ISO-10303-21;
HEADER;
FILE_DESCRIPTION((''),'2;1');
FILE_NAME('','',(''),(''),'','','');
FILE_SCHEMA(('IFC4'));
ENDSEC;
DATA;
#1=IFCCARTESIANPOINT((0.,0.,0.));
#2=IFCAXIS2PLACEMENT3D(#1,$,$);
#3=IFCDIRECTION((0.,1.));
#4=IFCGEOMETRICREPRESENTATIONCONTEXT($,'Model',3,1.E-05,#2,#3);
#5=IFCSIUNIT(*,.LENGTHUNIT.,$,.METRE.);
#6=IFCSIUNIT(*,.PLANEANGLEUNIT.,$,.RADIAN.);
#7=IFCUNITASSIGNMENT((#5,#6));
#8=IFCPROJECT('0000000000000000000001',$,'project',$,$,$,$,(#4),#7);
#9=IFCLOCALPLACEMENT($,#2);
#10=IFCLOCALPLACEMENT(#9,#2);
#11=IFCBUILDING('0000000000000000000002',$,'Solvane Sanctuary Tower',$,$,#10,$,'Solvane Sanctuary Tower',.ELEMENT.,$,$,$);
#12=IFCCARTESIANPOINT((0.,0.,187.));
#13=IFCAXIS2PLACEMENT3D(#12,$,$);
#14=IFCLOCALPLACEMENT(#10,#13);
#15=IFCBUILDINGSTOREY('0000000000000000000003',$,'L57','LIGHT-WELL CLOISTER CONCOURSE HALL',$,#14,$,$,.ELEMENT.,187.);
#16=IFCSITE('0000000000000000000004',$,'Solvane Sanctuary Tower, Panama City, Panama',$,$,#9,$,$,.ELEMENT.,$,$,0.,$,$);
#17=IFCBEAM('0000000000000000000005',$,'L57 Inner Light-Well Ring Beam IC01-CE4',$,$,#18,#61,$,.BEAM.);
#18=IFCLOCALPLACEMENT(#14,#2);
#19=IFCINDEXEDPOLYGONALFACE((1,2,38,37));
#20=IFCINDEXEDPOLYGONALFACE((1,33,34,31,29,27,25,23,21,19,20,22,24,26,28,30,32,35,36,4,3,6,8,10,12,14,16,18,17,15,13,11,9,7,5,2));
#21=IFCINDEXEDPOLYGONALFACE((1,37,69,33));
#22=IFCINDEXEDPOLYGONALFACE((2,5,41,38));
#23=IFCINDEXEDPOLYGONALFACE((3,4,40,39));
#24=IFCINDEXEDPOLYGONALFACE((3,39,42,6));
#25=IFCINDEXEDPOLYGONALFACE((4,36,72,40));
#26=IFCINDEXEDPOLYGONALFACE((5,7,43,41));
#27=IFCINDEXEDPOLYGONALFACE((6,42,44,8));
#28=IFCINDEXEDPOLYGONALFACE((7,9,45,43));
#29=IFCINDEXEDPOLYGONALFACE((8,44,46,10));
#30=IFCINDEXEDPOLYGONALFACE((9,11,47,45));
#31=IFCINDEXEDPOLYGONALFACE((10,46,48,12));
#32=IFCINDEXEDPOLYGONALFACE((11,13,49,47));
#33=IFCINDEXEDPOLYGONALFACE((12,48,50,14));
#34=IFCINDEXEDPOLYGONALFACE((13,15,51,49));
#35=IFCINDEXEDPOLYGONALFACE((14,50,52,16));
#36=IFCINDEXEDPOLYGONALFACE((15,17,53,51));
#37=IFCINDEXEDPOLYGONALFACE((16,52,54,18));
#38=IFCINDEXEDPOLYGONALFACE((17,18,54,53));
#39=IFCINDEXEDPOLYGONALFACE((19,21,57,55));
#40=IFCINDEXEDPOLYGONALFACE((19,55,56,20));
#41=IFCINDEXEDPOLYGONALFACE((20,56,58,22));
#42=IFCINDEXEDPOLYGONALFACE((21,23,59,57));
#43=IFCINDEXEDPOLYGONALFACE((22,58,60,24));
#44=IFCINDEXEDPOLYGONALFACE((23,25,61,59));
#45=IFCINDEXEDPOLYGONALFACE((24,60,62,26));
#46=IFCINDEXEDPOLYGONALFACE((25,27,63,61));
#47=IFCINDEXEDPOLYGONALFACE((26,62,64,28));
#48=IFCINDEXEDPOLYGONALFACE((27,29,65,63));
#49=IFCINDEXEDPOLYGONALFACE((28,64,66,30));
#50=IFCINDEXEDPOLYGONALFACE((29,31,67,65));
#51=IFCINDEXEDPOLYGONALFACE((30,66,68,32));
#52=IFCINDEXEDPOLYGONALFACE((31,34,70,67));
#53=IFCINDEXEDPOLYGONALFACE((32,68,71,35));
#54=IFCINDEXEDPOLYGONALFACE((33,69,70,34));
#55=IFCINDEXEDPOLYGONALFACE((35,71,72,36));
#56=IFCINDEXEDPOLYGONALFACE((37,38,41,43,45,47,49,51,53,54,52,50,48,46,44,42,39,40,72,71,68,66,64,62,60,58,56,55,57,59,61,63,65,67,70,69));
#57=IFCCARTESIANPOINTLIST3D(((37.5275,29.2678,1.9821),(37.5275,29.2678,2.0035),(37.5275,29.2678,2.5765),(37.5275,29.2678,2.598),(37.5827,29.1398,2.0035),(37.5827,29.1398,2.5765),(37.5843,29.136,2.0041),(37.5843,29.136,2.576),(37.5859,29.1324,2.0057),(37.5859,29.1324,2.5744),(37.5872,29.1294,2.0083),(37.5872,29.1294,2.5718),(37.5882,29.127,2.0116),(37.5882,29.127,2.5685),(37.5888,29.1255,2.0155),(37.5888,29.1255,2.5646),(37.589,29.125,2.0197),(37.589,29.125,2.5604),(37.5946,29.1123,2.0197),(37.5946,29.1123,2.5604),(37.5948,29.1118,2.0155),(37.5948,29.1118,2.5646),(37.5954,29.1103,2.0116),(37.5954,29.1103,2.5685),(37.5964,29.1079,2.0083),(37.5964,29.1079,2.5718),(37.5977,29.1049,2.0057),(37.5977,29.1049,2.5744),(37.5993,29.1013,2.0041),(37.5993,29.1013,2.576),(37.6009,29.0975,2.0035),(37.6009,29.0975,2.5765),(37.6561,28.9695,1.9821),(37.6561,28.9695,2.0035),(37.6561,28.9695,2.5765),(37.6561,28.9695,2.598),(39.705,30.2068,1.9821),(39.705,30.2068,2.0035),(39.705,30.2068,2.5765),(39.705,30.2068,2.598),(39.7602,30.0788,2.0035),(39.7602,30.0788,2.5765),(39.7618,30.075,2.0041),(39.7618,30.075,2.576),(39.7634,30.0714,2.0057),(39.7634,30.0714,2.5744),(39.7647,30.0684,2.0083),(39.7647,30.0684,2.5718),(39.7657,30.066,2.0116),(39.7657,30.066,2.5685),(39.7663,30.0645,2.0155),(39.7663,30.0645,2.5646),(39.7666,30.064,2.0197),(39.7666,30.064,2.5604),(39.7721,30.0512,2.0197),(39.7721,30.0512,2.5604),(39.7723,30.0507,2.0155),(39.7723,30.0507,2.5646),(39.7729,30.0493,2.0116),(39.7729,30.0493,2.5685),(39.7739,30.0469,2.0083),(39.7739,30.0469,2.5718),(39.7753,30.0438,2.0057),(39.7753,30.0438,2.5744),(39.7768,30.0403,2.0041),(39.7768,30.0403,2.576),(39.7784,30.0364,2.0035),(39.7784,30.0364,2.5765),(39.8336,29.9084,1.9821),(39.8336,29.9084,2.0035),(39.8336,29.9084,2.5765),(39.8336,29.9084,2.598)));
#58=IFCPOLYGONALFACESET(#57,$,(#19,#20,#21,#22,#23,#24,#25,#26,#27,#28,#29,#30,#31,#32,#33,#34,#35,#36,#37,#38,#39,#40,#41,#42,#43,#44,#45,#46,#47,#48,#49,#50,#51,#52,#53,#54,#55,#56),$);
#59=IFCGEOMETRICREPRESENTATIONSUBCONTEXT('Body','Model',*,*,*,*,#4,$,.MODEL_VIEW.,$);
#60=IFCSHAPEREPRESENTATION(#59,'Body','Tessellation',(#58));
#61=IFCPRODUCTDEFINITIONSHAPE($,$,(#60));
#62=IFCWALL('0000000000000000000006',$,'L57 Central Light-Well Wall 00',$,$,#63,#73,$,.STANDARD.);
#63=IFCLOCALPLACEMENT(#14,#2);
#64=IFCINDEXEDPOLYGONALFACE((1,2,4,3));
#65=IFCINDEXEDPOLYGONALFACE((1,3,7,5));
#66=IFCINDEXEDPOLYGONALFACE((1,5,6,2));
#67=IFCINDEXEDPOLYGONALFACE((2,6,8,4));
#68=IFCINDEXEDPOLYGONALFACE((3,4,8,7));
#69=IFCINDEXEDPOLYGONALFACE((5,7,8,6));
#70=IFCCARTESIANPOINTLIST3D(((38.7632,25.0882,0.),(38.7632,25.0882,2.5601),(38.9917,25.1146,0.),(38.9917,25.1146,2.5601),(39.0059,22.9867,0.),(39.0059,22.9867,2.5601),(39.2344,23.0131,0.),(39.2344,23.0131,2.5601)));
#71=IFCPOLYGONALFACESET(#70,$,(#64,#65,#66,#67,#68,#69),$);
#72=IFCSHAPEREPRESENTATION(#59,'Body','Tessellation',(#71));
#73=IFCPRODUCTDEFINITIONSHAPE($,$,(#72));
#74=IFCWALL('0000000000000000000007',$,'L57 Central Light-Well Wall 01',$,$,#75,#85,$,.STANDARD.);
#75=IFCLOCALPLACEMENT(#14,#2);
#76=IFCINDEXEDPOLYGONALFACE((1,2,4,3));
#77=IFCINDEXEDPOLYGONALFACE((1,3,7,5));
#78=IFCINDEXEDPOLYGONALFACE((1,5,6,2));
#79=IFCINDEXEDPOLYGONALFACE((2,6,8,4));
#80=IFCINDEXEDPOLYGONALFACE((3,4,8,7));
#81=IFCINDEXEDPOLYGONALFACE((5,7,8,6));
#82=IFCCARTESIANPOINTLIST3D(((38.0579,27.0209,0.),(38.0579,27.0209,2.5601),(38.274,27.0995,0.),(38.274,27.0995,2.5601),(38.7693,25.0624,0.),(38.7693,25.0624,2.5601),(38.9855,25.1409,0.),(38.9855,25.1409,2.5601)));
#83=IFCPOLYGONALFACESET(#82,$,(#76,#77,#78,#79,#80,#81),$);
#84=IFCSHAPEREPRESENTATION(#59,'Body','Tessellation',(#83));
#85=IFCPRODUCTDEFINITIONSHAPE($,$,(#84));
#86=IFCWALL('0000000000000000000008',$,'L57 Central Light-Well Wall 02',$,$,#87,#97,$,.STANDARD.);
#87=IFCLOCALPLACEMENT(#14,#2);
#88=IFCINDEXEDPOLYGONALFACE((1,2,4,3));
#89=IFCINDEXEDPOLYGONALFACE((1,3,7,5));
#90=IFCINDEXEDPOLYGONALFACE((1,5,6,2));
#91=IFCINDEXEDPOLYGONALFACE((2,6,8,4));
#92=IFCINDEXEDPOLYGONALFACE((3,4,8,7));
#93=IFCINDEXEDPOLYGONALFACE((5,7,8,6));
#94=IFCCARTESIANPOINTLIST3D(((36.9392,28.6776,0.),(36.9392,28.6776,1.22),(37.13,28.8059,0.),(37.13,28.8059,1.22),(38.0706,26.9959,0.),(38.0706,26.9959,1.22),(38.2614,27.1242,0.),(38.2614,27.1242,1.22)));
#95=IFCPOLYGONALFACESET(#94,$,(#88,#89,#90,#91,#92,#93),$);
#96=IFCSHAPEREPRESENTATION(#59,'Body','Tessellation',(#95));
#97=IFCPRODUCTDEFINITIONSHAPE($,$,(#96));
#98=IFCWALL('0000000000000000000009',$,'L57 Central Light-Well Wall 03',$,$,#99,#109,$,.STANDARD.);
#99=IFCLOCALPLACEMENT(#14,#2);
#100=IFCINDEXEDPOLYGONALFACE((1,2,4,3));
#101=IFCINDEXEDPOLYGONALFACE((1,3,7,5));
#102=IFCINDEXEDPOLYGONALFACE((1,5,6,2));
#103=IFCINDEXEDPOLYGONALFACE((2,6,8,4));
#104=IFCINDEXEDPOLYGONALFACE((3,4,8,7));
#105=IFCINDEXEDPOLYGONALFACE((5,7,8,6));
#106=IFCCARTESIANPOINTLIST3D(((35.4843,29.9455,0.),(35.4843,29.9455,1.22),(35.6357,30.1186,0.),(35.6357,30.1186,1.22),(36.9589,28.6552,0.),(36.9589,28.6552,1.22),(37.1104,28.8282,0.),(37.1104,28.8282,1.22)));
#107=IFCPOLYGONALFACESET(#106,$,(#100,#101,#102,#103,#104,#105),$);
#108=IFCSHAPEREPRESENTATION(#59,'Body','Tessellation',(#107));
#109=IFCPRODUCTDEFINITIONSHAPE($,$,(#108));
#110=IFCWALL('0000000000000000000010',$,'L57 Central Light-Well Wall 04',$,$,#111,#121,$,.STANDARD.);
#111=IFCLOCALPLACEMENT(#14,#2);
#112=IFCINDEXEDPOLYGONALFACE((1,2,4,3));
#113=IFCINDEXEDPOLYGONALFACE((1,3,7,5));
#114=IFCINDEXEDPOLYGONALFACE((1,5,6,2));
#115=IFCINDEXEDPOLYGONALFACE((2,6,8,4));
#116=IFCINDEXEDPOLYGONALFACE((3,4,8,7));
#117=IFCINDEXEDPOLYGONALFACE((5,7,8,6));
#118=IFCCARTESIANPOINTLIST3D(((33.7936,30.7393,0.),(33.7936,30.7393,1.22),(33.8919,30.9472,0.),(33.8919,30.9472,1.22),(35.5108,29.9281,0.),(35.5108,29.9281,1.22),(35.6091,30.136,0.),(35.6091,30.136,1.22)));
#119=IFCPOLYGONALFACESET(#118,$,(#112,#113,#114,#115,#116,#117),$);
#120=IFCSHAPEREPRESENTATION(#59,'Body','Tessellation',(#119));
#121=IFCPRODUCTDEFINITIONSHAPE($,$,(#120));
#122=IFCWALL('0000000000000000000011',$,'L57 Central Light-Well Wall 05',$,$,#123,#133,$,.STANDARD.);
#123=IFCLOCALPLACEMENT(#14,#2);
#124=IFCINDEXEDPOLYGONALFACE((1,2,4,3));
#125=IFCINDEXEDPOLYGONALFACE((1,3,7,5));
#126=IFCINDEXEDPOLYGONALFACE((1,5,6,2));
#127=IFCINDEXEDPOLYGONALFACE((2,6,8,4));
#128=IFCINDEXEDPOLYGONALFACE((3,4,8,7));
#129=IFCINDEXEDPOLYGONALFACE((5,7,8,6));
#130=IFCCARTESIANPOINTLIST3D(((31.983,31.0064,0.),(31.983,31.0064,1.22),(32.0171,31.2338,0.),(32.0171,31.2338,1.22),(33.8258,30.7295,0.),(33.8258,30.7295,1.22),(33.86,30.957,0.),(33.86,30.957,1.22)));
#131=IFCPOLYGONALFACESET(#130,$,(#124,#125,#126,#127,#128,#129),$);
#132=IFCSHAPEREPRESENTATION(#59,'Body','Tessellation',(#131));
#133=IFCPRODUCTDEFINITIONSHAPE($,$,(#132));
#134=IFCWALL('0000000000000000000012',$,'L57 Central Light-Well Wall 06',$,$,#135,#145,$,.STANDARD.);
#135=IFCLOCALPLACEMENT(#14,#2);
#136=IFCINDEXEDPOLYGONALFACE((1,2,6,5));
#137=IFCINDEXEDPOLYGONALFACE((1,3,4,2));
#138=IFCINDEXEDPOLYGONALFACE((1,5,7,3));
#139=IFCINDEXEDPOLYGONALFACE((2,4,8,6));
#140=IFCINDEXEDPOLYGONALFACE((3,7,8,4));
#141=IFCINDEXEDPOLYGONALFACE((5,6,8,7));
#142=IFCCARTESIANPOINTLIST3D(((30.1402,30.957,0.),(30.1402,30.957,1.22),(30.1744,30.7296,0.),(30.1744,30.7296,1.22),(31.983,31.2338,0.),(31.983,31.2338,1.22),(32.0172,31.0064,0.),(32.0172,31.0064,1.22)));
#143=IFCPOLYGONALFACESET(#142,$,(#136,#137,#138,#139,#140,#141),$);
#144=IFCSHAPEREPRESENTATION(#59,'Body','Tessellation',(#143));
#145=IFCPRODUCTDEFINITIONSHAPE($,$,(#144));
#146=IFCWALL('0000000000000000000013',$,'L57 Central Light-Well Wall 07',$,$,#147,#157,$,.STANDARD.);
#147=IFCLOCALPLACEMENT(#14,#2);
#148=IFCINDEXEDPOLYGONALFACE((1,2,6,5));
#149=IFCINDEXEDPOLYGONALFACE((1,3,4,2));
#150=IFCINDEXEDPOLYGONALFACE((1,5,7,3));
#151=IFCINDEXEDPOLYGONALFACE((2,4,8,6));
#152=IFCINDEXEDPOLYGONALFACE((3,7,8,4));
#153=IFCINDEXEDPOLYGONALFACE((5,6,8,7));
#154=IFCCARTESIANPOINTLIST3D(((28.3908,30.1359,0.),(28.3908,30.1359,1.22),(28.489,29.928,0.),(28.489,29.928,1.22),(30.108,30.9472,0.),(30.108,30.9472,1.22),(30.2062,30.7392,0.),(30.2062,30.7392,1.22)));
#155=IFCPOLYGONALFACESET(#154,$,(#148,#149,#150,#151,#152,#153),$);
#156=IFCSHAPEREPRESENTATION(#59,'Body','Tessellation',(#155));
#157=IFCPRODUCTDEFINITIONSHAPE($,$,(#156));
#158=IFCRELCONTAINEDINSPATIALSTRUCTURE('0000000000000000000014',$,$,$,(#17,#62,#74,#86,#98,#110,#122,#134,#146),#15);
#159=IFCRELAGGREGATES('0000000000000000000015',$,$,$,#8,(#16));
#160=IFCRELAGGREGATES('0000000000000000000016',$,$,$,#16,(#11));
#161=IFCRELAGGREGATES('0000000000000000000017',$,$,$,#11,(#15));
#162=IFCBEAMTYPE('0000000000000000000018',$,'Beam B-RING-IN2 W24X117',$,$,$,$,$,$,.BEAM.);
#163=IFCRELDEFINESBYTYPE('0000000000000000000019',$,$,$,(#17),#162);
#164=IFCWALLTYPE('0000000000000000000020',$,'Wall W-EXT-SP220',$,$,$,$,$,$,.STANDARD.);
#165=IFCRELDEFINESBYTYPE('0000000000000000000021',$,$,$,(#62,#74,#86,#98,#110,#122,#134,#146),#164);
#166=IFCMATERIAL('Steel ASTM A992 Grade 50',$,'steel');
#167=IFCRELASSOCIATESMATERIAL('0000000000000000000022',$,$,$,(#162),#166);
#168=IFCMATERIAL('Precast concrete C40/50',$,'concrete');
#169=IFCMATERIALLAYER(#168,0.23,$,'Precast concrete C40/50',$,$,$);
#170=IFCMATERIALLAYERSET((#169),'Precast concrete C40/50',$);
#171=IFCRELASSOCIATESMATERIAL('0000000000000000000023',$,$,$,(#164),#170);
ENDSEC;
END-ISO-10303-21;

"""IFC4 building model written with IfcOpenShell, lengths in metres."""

from ifc_helpers import new_model, si_unit, direction, frame, frame_2d, origin, origin_2d, place, context, subcontext, project, spatial, rectangle, i_section, extrude, material, layer, layer_set, material_profile, profile_set, type_object, element, save


model = new_model("IFC4")

# Units and contexts
model_context = context("Model", 3, precision=1e-05, world=origin(), true_north=direction((0.0, 1.0)))
body_context = subcontext(model_context, "Body", "Model", "MODEL_VIEW")
ifc_project = project(units=[si_unit("LENGTHUNIT", "METRE"), si_unit("PLANEANGLEUNIT", "RADIAN")], contexts=[model_context])

# Site, building, storey
site_placement = place(None, origin())
site = spatial("IfcSite", under=ifc_project, at=site_placement, Name="Solvane Sanctuary Tower, Panama City, Panama", CompositionType="ELEMENT", RefElevation=0.0)
building_placement = place(site_placement, origin())
building = spatial("IfcBuilding", under=site, at=building_placement, Name="Solvane Sanctuary Tower", LongName="Solvane Sanctuary Tower", CompositionType="ELEMENT")
storey_placement = place(building_placement, frame((0.0, 0.0, 187.0)))
storey = spatial("IfcBuildingStorey", under=building, at=storey_placement, Name="L57", Description="LIGHT-WELL CLOISTER CONCOURSE HALL", CompositionType="ELEMENT", Elevation=187.0)

# Beam
ifc_material_1 = material(Name="Steel ASTM A992 Grade 50", Category="steel")
ifc_material_profile_1 = material_profile(ifc_material_1, i_section(OverallWidth=0.325, OverallDepth=0.616, WebThickness=0.0139, FlangeThickness=0.0215, FilletRadius=0.0161, at=origin_2d()), Name="W24X117")
ifc_profile_set_1 = profile_set([ifc_material_profile_1], Name="Steel ASTM A992 Grade 50")
beam_type_1 = type_object("IfcBeamType", Name="Beam B-RING-IN2 W24X117", PredefinedType="BEAM", material=ifc_profile_set_1)
beam_1_placement = place(storey_placement, frame((37.5918, 29.1187, 2.29), z_axis=(0.918264, 0.395969, 0.0), x_axis=(-0.395969, 0.918264, 0.0)))
element("IfcBeam", 1, at=beam_1_placement, inside=storey, type_object=beam_type_1, Name="L57 Inner Light-Well Ring Beam IC01-CE4", PredefinedType="BEAM", context=body_context, shape_type="SweptSolid", body=[
    extrude(i_section(OverallWidth=0.325, OverallDepth=0.616, WebThickness=0.0139, FlangeThickness=0.0215, FilletRadius=0.0161, at=origin_2d()), origin(), (0.0, 0.0, 1.0), 2.3713),
])

# Walls
ifc_material_2 = material(Name="Precast concrete C40/50", Category="concrete")
ifc_layer = layer(ifc_material_2, 0.23, Name="Precast concrete C40/50")
ifc_layer_set = layer_set([ifc_layer], Name="Precast concrete C40/50")
wall_type = type_object("IfcWallType", Name="Wall W-EXT-SP220", PredefinedType="STANDARD", material=ifc_layer_set)
wall_1_placement = place(storey_placement, frame((39.1201, 23.0, 0.0), z_axis=(0.0, 0.0, 1.0), x_axis=(-0.114712, 0.993399, 0.0)))
element("IfcWall", 2, at=wall_1_placement, inside=storey, type_object=wall_type, Name="L57 Central Light-Well Wall 00", PredefinedType="STANDARD", context=body_context, shape_type="SweptSolid", body=[
    extrude(rectangle(XDim=2.1155, YDim=0.23, at=frame_2d((1.0576, 0.0))), origin(), (0.0, 0.0, 1.0), 2.5601),
])
wall_2_placement = place(storey_placement, frame((38.8774, 25.1016, 0.0), z_axis=(0.0, 0.0, 1.0), x_axis=(-0.341423, 0.93991, 0.0)))
element("IfcWall", 3, at=wall_2_placement, inside=storey, type_object=wall_type, Name="L57 Central Light-Well Wall 01", PredefinedType="STANDARD", context=body_context, shape_type="SweptSolid", body=[
    extrude(rectangle(XDim=2.0837, YDim=0.23, at=frame_2d((1.042, 0.0))), origin(), (0.0, 0.0, 1.0), 2.5601),
])
wall_3_placement = place(storey_placement, frame((38.166, 27.0601, 0.0), z_axis=(0.0, 0.0, 1.0), x_axis=(-0.558198, 0.829708, 0.0)))
element("IfcWall", 4, at=wall_3_placement, inside=storey, type_object=wall_type, Name="L57 Central Light-Well Wall 02", PredefinedType="STANDARD", context=body_context, shape_type="SweptSolid", body=[
    extrude(rectangle(XDim=2.0269, YDim=0.23, at=frame_2d((1.0134, 0.0))), origin(), (0.0, 0.0, 1.0), 1.22),
])
wall_4_placement = place(storey_placement, frame((37.0347, 28.7417, 0.0), z_axis=(0.0, 0.0, 1.0), x_axis=(-0.752577, 0.658505, 0.0)))
element("IfcWall", 5, at=wall_4_placement, inside=storey, type_object=wall_type, Name="L57 Central Light-Well Wall 03", PredefinedType="STANDARD", context=body_context, shape_type="SweptSolid", body=[
    extrude(rectangle(XDim=1.9595, YDim=0.23, at=frame_2d((0.9797, 0.0))), origin(), (0.0, 0.0, 1.0), 1.22),
])
wall_5_placement = place(storey_placement, frame((35.5601, 30.032, 0.0), z_axis=(0.0, 0.0, 1.0), x_axis=(-0.90418, 0.427152, 0.0)))
element("IfcWall", 6, at=wall_5_placement, inside=storey, type_object=wall_type, Name="L57 Central Light-Well Wall 04", PredefinedType="STANDARD", context=body_context, shape_type="SweptSolid", body=[
    extrude(rectangle(XDim=1.8992, YDim=0.23, at=frame_2d((0.9497, 0.0))), origin(), (0.0, 0.0, 1.0), 1.22),
])
for number, where, z_axis, x_axis, name in (
    (7, (33.8428, 30.8433, 0.0), (0.0, 0.0, 1.0), (-0.988902, 0.148571, 0.0), "L57 Central Light-Well Wall 05"),
    (8, (32.0, 31.1201, 0.0), (0.0, 0.0, 1.0), (-0.988902, -0.148571, 0.0), "L57 Central Light-Well Wall 06"),
):
    element("IfcWall", number, at=place(storey_placement, frame(where, z_axis=z_axis, x_axis=x_axis)), inside=storey, type_object=wall_type, Name=name, PredefinedType="STANDARD", context=body_context, shape_type="SweptSolid", body=[
        extrude(rectangle(XDim=1.8635, YDim=0.23, at=frame_2d((0.9316, 0.0))), origin(), (0.0, 0.0, 1.0), 1.22),
    ])
wall_6_placement = place(storey_placement, frame((30.1572, 30.8433, 0.0), z_axis=(0.0, 0.0, 1.0), x_axis=(-0.90418, -0.427152, 0.0)))
element("IfcWall", 9, at=wall_6_placement, inside=storey, type_object=wall_type, Name="L57 Central Light-Well Wall 07", PredefinedType="STANDARD", context=body_context, shape_type="SweptSolid", body=[
    extrude(rectangle(XDim=1.8992, YDim=0.23, at=frame_2d((0.9497, 0.0))), origin(), (0.0, 0.0, 1.0), 1.22),
])

save(model, "model.ifc")
